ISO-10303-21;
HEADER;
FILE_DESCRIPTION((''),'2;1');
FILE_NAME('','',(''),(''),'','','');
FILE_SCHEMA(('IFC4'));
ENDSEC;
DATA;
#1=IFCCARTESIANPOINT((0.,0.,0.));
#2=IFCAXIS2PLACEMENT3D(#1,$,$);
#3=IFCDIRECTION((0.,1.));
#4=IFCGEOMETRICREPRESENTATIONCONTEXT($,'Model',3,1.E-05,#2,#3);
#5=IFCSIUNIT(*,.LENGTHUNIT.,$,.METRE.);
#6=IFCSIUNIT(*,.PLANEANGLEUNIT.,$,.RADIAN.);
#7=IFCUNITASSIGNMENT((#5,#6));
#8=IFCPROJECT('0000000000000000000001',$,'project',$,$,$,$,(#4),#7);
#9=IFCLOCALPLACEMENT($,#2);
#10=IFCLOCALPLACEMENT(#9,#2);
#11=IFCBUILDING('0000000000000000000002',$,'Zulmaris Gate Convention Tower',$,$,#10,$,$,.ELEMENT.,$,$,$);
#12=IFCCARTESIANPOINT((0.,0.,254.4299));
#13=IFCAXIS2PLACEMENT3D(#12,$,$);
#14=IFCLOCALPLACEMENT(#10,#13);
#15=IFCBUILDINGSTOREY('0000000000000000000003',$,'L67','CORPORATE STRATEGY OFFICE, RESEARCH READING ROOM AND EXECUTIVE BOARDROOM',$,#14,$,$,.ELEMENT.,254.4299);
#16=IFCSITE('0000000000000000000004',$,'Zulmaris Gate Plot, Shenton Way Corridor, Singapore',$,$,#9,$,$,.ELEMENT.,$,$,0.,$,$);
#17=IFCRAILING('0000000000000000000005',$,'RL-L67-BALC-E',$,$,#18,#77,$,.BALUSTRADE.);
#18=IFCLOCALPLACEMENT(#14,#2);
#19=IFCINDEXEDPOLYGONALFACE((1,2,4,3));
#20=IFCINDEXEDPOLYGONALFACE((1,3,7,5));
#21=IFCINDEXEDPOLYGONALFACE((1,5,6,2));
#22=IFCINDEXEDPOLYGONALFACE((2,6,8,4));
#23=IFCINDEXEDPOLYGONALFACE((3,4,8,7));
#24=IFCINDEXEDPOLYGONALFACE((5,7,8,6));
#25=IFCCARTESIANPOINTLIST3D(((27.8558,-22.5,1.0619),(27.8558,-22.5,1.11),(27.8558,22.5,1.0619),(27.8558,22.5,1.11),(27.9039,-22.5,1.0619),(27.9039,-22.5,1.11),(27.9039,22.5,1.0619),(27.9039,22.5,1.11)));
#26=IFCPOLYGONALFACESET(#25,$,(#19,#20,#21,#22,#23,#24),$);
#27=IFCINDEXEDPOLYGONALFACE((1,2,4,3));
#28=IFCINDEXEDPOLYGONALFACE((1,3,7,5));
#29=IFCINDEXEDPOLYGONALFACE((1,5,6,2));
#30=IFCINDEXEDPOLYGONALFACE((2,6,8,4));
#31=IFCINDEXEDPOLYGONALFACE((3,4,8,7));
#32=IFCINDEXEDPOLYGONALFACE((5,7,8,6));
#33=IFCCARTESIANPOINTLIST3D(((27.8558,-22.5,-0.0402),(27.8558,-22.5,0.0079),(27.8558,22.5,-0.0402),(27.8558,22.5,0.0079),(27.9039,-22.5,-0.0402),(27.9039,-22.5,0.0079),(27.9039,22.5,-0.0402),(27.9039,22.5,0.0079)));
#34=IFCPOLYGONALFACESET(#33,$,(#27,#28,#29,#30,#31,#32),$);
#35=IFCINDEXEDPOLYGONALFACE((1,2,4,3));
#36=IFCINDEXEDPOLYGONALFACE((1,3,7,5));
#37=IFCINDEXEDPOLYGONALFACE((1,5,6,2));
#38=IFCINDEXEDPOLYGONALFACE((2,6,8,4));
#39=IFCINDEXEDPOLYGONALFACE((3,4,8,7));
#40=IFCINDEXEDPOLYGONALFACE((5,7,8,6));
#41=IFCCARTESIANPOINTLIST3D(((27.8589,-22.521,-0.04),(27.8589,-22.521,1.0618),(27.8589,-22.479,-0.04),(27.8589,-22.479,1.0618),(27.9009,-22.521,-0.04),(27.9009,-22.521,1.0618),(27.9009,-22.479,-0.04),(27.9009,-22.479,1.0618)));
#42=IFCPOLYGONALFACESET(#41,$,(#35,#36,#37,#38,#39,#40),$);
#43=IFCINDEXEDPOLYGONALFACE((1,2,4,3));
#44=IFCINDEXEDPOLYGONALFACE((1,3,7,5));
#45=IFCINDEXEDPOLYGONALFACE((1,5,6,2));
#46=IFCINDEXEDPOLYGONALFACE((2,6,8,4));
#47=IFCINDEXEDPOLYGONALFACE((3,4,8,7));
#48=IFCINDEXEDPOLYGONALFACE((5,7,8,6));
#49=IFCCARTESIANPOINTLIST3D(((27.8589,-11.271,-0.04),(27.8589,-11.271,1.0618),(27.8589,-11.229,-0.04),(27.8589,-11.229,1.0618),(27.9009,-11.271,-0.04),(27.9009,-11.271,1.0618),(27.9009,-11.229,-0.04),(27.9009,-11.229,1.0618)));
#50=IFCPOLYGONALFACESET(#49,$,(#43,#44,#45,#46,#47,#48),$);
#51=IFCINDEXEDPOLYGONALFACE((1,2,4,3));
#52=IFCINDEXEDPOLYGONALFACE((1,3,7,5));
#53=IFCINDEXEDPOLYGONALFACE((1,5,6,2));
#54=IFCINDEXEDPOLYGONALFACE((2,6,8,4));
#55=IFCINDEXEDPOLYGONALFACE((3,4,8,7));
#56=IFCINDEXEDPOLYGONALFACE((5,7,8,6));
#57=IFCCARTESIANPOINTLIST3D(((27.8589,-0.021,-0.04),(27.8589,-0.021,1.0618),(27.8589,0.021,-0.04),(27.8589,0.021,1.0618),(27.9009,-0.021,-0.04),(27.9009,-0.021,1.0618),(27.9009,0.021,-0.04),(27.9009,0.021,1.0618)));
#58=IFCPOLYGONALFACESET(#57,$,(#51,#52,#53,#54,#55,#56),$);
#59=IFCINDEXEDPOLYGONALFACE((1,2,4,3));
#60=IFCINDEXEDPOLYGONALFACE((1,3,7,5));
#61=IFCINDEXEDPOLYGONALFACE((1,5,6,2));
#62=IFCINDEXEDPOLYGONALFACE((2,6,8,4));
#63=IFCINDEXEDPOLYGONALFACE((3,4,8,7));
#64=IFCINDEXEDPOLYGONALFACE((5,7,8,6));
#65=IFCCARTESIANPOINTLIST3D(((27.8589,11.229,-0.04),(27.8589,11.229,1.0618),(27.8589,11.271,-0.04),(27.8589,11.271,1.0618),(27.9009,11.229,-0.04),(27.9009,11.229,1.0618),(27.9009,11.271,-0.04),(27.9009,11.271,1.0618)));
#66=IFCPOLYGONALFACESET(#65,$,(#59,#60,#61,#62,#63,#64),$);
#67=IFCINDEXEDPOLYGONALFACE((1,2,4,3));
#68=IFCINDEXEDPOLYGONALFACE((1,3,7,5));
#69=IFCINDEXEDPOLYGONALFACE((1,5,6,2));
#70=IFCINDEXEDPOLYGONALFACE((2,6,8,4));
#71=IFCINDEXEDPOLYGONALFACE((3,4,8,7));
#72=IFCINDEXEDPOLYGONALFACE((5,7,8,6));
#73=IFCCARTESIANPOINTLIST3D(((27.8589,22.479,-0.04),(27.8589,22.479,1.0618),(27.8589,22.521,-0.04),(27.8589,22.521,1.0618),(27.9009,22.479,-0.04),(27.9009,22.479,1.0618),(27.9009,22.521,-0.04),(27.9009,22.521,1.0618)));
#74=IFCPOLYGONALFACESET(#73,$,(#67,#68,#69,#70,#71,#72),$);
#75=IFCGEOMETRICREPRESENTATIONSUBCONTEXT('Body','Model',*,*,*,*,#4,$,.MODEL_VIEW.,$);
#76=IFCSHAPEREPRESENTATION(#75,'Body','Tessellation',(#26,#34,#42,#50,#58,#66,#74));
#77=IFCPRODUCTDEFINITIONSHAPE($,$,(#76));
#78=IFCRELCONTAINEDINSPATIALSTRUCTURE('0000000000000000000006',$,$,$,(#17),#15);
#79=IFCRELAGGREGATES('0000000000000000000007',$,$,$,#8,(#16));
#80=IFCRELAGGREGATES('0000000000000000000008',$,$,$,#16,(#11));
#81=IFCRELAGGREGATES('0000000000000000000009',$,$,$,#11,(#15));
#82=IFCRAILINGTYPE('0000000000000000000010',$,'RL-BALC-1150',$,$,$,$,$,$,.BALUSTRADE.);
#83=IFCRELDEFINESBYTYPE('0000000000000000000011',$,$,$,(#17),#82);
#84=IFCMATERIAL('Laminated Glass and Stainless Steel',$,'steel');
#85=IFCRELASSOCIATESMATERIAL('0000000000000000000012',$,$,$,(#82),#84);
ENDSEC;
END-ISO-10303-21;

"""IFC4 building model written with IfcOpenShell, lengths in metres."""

from ifc_helpers import new_model, si_unit, direction, frame, origin, origin_2d, place, context, subcontext, project, spatial, rectangle, extrude, material, type_object, element, save


model = new_model("IFC4")

# Units and contexts
model_context = context("Model", 3, precision=1e-05, world=origin(), true_north=direction((0.0, 1.0)))
body_context = subcontext(model_context, "Body", "Model", "MODEL_VIEW")
ifc_project = project(units=[si_unit("LENGTHUNIT", "METRE"), si_unit("PLANEANGLEUNIT", "RADIAN")], contexts=[model_context])

# Site, building, storey
site_placement = place(None, origin())
site = spatial("IfcSite", under=ifc_project, at=site_placement, Name="Zulmaris Gate Plot, Shenton Way Corridor, Singapore", CompositionType="ELEMENT", RefElevation=0.0)
building_placement = place(site_placement, origin())
building = spatial("IfcBuilding", under=site, at=building_placement, Name="Zulmaris Gate Convention Tower", CompositionType="ELEMENT")
storey_placement = place(building_placement, frame((0.0, 0.0, 254.4299)))
storey = spatial("IfcBuildingStorey", under=building, at=storey_placement, Name="L67", Description="CORPORATE STRATEGY OFFICE, RESEARCH READING ROOM AND EXECUTIVE BOARDROOM", CompositionType="ELEMENT", Elevation=254.4299)

# Railing
ifc_material_1 = material(Name="Laminated Glass and Stainless Steel", Category="steel")
railing_type = type_object("IfcRailingType", Name="RL-BALC-1150", PredefinedType="BALUSTRADE", material=ifc_material_1)
railing_placement = place(storey_placement, frame((27.8799, -22.5, -0.04)))
element("IfcRailing", 1, at=railing_placement, inside=storey, type_object=railing_type, Name="RL-L67-BALC-E", PredefinedType="BALUSTRADE", context=body_context, shape_type="SweptSolid", body=[
    extrude(rectangle(XDim=0.0481, YDim=0.0481, at=origin_2d()), frame((0.0, 0.0, 1.126), z_axis=(0.0, 1.0, 0.0), x_axis=(-1.0, 0.0, 0.0)), (0.0, 0.0, 1.0), 45.0),
    extrude(rectangle(XDim=0.0481, YDim=0.0481, at=origin_2d()), frame((0.0, 0.0, 0.0239), z_axis=(0.0, 1.0, 0.0), x_axis=(-1.0, 0.0, 0.0)), (0.0, 0.0, 1.0), 45.0),
    extrude(rectangle(XDim=0.042, YDim=0.042, at=origin_2d()), origin(), (0.0, 0.0, 1.0), 1.1018),
    extrude(rectangle(XDim=0.042, YDim=0.042, at=origin_2d()), frame((0.0, 11.25, 0.0)), (0.0, 0.0, 1.0), 1.1018),
    extrude(rectangle(XDim=0.042, YDim=0.042, at=origin_2d()), frame((0.0, 22.5, 0.0)), (0.0, 0.0, 1.0), 1.1018),
    extrude(rectangle(XDim=0.042, YDim=0.042, at=origin_2d()), frame((0.0, 33.75, 0.0)), (0.0, 0.0, 1.0), 1.1018),
    extrude(rectangle(XDim=0.042, YDim=0.042, at=origin_2d()), frame((0.0, 45.0, 0.0)), (0.0, 0.0, 1.0), 1.1018),
])

save(model, "model.ifc")
